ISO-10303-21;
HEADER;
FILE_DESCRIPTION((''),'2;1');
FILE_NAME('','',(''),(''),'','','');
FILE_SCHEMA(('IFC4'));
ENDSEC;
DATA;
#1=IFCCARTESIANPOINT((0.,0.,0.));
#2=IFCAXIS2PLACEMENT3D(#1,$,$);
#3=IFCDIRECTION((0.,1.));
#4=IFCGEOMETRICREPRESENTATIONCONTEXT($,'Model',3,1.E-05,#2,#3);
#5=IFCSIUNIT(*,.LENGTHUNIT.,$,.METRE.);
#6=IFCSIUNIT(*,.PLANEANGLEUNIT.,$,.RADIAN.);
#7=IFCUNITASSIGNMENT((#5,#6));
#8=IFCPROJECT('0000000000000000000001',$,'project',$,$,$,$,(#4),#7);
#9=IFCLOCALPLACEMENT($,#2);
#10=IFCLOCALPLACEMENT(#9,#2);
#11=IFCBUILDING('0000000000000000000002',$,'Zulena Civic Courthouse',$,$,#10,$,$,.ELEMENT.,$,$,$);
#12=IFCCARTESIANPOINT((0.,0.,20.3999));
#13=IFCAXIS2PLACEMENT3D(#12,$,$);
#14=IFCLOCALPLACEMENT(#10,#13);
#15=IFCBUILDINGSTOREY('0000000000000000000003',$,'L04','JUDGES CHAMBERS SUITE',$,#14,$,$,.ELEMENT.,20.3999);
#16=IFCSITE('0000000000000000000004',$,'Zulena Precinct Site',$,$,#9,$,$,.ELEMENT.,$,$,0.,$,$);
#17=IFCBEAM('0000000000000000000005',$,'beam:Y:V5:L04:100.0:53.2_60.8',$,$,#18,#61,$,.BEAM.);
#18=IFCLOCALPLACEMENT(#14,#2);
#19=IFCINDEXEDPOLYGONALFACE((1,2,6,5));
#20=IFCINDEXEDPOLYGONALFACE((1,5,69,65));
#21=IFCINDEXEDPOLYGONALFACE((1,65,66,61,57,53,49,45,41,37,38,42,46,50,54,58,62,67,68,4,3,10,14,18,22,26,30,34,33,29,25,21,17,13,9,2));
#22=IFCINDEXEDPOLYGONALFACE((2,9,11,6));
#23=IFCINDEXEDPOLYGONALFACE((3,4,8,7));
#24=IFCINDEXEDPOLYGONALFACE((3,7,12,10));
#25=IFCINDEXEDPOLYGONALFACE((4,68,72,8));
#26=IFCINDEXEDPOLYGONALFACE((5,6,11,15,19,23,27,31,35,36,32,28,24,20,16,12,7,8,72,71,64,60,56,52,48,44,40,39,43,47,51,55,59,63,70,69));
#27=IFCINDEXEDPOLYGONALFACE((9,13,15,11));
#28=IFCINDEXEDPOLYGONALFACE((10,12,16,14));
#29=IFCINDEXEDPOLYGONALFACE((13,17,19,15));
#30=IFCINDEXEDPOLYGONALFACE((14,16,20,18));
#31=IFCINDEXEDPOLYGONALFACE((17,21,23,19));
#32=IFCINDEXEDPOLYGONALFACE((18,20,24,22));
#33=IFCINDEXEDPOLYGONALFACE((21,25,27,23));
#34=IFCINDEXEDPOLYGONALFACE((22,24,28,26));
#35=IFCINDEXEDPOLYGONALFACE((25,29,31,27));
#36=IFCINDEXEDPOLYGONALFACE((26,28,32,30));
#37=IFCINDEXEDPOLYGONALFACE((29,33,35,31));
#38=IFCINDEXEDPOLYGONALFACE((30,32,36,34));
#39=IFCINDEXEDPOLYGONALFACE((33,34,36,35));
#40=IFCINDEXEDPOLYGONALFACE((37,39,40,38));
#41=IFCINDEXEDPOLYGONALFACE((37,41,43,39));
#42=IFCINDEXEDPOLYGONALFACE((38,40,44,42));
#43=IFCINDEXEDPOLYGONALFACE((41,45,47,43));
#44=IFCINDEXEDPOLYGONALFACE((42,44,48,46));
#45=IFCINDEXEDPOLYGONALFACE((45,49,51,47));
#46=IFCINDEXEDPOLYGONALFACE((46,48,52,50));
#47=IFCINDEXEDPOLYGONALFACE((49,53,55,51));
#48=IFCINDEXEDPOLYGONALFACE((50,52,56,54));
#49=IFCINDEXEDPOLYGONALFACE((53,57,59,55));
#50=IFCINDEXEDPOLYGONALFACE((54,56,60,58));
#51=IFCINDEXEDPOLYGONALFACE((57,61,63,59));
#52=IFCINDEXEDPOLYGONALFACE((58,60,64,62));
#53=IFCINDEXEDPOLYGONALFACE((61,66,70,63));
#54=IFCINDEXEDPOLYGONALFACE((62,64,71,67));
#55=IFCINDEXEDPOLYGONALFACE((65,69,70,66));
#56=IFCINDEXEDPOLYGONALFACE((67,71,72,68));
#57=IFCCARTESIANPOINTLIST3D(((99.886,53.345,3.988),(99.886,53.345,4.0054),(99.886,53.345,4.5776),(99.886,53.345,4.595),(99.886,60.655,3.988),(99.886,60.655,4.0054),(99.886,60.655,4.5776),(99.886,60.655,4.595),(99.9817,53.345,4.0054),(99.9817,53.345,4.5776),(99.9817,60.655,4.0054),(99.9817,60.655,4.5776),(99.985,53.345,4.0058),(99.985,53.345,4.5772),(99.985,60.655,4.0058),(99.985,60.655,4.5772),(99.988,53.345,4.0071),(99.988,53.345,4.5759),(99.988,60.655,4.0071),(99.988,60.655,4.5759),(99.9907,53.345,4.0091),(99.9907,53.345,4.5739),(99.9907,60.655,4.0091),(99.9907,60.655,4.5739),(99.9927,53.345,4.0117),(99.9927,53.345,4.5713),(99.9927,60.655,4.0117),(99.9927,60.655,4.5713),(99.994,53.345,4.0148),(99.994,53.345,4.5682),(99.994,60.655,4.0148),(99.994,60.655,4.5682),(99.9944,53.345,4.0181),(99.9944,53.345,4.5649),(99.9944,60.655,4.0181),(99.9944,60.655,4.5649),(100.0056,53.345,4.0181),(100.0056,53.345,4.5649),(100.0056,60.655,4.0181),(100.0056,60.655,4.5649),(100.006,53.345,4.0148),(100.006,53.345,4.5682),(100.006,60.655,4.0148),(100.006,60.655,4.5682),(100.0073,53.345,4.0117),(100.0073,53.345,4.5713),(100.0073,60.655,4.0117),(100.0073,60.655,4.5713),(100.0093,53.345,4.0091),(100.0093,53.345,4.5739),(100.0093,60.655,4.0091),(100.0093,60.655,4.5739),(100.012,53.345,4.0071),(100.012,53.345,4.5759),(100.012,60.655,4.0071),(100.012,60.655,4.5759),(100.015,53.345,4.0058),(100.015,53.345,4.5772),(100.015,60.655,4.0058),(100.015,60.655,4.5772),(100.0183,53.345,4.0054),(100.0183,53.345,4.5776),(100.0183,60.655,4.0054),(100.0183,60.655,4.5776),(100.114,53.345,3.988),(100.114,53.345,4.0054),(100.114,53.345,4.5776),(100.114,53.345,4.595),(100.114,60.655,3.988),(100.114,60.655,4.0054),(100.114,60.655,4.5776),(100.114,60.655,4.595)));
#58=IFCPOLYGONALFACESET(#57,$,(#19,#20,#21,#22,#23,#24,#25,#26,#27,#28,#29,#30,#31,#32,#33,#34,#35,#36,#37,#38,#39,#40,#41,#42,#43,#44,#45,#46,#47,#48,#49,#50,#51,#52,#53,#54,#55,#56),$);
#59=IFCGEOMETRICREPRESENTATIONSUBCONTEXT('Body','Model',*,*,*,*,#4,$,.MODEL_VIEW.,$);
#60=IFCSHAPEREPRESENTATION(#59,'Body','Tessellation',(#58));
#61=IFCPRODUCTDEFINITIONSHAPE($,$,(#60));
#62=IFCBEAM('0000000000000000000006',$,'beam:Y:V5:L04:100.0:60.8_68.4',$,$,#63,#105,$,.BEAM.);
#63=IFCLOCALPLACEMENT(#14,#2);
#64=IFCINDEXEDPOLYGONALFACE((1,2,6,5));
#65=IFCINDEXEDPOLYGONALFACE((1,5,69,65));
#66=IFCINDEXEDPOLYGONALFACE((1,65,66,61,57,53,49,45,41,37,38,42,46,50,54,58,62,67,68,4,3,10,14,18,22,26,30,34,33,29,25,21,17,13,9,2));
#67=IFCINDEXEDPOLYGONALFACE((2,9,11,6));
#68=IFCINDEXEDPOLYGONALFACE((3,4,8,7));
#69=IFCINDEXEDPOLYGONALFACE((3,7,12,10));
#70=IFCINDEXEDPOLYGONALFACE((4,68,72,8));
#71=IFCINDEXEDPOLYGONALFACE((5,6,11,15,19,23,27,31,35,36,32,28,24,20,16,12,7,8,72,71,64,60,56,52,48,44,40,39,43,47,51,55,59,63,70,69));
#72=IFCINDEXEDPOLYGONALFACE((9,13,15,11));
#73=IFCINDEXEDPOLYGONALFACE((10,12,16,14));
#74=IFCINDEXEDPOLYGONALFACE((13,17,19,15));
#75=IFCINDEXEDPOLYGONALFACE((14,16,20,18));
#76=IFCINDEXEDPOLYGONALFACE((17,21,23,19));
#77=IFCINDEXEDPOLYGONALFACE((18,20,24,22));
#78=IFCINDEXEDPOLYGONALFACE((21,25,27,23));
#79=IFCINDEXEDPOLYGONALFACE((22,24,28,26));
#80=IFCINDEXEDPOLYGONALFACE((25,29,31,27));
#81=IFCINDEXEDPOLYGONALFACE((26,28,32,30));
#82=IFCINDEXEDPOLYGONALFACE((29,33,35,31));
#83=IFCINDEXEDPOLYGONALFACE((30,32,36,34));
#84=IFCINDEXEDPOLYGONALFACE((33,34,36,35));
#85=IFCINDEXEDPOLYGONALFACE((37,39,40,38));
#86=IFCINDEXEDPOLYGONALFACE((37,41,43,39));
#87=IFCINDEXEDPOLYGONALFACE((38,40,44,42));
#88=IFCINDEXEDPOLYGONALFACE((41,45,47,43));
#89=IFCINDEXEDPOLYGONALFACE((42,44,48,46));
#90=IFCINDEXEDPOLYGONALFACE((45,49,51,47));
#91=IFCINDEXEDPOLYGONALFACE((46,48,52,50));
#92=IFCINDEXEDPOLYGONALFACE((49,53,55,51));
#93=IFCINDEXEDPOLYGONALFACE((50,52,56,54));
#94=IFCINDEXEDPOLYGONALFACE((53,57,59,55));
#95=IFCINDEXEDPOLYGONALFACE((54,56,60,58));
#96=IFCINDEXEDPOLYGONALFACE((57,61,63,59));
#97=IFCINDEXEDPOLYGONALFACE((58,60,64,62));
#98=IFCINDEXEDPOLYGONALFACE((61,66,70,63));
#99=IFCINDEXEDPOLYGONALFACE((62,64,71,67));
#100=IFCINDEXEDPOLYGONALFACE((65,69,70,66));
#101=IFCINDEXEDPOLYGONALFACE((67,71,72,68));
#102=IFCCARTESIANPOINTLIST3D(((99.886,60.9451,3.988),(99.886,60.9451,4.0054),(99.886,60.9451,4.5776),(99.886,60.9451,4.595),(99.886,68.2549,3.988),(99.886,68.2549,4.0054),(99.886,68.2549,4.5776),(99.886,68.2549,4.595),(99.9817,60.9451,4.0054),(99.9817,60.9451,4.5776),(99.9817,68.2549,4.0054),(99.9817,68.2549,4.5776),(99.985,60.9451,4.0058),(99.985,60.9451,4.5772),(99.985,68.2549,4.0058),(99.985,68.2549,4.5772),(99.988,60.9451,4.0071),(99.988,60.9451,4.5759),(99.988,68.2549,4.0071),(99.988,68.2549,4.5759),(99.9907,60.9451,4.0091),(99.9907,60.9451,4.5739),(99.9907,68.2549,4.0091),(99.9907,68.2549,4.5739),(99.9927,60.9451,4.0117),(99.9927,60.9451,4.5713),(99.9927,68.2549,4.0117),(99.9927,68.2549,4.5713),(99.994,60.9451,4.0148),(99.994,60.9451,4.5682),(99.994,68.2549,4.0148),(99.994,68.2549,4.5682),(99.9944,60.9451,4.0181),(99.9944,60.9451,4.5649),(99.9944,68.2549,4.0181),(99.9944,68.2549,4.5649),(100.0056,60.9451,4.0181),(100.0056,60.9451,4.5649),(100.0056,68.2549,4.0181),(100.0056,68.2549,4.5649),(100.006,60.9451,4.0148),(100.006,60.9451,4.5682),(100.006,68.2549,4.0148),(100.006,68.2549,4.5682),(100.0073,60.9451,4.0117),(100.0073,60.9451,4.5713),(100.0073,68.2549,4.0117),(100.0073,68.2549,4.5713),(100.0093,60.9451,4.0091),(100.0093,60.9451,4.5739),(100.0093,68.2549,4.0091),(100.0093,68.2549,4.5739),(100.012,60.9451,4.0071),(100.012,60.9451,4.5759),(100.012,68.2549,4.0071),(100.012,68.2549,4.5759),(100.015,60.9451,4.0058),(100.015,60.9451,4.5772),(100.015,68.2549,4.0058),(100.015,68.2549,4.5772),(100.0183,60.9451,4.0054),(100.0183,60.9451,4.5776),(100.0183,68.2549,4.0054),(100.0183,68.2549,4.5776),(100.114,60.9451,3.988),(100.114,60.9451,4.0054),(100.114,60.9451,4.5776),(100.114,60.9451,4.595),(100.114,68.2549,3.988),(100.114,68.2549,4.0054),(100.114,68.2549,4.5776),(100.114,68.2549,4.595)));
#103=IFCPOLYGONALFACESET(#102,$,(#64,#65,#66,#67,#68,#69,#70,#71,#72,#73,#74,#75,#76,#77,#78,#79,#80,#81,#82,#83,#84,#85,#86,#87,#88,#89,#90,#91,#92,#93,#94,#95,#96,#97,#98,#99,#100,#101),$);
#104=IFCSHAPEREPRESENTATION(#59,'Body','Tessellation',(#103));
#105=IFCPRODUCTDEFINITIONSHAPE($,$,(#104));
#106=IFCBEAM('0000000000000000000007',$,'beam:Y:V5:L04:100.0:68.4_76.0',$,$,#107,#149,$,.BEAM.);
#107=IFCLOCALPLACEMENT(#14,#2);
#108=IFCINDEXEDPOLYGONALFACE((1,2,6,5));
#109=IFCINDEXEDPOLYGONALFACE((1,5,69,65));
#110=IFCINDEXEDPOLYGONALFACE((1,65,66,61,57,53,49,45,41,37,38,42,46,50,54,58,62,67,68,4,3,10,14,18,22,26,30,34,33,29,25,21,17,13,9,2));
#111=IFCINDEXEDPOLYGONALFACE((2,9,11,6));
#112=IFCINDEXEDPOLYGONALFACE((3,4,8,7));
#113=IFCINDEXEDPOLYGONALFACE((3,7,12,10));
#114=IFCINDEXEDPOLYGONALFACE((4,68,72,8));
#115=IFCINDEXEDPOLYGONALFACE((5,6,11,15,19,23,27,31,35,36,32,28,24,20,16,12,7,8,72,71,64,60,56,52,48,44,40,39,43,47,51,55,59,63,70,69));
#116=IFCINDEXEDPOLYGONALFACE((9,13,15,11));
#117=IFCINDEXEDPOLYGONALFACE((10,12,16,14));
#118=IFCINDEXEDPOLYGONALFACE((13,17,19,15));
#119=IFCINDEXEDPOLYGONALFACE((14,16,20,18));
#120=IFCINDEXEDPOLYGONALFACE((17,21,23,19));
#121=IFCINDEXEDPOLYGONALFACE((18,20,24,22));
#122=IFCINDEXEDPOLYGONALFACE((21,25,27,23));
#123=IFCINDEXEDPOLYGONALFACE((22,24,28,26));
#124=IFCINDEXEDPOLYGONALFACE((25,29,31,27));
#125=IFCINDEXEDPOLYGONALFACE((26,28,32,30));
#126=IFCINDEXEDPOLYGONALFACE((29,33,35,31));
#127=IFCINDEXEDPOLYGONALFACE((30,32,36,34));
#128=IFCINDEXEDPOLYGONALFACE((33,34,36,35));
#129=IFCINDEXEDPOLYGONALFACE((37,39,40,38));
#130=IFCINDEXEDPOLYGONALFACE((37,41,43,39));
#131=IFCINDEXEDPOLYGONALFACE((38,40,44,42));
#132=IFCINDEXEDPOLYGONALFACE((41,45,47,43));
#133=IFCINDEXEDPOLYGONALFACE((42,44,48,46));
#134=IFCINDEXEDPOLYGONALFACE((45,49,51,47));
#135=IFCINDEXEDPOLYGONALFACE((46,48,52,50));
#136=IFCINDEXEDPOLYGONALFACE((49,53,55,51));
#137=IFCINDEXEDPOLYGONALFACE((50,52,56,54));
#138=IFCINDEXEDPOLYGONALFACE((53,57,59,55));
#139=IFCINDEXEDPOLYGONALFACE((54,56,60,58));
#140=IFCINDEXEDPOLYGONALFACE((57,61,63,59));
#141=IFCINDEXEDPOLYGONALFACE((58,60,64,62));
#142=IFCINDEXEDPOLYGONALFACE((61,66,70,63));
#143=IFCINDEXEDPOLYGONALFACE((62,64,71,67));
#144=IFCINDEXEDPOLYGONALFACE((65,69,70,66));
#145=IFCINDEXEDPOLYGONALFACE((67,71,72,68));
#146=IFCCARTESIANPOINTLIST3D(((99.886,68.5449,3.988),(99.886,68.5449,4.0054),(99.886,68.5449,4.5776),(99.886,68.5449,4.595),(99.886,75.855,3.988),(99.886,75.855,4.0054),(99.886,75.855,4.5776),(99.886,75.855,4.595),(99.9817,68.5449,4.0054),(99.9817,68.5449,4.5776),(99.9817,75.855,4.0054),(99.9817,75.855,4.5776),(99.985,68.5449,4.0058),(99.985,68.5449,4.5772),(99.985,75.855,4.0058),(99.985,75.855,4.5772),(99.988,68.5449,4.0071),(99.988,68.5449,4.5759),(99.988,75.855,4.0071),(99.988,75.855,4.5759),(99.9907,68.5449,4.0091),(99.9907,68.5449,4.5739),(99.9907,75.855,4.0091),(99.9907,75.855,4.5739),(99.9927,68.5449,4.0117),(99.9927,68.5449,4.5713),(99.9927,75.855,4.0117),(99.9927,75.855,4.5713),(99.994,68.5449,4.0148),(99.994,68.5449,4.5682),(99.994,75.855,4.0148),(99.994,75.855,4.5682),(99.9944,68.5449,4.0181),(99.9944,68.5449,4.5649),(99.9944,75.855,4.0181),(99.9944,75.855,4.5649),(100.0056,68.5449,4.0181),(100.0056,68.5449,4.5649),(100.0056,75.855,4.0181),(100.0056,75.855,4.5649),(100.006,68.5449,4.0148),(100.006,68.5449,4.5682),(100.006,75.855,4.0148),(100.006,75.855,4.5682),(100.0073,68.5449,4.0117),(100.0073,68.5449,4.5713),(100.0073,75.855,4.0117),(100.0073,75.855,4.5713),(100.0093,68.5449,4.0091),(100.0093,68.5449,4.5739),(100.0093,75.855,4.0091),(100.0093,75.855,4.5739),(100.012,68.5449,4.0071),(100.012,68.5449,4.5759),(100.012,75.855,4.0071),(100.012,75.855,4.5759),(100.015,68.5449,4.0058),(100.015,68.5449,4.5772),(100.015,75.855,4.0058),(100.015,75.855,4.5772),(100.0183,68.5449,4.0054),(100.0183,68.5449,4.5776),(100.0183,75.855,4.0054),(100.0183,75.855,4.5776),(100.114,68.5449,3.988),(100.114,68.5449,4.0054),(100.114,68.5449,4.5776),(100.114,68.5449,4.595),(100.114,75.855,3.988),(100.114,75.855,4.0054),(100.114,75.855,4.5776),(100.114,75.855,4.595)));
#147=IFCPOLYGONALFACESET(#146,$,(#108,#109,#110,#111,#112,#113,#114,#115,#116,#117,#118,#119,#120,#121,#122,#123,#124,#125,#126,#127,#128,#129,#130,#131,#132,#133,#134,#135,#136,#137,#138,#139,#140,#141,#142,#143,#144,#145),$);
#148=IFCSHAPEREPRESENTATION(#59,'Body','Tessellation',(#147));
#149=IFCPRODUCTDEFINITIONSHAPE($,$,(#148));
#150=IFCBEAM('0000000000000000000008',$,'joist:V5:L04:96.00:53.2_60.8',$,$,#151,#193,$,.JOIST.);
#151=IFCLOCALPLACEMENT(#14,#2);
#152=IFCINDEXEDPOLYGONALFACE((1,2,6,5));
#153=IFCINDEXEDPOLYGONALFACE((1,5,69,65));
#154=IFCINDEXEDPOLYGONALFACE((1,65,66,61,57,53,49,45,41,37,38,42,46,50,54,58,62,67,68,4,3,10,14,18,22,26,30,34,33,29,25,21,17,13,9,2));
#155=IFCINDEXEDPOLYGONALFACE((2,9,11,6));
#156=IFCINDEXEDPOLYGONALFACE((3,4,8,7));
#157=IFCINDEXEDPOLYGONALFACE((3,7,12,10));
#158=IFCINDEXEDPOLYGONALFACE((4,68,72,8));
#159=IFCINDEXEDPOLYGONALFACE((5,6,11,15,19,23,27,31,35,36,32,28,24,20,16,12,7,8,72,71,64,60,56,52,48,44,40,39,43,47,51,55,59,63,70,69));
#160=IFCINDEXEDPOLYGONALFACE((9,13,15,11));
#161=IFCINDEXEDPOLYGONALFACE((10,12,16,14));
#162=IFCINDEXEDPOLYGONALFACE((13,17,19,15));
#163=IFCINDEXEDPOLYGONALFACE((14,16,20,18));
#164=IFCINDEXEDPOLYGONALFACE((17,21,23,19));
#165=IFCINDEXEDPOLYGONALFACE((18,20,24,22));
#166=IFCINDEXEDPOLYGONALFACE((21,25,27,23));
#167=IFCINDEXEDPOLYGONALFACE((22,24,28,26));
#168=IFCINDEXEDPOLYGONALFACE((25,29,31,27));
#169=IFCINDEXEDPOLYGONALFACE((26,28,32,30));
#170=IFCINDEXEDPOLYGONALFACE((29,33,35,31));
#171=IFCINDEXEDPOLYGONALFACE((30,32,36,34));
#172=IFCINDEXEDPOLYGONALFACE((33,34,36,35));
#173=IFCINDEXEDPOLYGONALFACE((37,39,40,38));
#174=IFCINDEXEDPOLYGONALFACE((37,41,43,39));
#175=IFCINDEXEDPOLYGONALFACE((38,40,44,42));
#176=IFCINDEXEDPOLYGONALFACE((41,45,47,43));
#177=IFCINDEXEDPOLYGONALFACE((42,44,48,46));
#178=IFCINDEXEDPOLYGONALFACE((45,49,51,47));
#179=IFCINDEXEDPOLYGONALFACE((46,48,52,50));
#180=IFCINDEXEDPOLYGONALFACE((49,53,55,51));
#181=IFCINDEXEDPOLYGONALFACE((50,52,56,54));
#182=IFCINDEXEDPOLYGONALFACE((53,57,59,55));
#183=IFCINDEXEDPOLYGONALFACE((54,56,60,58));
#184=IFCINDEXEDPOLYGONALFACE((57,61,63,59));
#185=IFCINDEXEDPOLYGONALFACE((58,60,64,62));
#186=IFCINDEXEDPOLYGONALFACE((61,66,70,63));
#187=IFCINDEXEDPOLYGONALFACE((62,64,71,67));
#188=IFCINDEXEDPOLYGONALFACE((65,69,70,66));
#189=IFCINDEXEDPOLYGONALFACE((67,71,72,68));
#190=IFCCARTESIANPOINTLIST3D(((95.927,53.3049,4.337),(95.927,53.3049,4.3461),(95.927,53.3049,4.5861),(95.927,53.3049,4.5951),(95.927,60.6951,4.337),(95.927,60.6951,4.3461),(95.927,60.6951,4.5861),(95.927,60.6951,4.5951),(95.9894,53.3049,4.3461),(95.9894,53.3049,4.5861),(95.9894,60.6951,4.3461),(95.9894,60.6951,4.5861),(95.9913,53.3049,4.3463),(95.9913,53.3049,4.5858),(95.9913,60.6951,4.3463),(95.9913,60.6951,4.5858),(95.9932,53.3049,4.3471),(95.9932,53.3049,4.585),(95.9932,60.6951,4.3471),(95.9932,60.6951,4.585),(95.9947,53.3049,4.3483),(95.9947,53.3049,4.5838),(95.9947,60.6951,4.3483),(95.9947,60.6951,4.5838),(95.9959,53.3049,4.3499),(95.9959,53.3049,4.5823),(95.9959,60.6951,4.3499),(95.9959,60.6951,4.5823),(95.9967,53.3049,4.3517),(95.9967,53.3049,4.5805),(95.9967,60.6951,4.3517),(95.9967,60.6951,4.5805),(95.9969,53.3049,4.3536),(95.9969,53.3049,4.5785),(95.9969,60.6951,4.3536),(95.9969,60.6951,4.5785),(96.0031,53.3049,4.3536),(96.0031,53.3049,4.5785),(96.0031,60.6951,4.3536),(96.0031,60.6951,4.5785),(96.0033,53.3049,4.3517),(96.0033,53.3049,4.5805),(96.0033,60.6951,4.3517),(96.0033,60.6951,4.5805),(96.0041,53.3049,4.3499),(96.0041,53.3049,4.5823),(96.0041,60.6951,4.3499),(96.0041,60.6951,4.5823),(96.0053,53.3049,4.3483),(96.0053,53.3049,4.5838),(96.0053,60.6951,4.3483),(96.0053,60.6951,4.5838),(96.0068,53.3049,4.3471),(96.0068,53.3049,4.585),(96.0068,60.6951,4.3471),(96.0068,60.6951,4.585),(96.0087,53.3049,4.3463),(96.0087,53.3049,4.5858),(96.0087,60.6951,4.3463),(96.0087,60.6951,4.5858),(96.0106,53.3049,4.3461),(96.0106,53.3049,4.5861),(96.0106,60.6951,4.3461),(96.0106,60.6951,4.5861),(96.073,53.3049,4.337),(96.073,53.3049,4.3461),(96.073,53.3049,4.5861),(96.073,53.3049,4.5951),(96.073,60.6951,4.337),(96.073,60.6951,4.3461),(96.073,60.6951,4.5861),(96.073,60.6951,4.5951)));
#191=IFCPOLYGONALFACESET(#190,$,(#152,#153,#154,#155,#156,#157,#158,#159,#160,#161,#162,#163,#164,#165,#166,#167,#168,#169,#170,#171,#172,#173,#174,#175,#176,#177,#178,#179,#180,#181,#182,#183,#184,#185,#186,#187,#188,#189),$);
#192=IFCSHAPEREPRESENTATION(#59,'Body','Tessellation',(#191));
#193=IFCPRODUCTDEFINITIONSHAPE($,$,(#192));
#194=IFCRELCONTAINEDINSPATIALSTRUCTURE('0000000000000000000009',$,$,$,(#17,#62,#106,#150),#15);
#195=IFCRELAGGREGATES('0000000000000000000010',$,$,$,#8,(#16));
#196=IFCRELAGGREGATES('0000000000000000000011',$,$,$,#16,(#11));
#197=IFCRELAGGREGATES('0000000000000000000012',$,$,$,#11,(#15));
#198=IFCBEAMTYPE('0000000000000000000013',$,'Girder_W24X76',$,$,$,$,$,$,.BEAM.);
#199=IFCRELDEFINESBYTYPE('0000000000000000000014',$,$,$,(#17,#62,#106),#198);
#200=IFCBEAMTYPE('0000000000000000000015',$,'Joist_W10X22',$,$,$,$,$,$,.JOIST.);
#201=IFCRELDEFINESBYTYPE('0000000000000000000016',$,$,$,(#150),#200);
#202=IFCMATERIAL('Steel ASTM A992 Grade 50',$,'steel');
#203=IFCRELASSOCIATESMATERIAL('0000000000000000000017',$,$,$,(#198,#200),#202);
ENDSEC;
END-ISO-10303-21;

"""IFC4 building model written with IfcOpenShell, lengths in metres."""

from ifc_helpers import new_model, si_unit, direction, frame, origin, origin_2d, place, context, subcontext, project, spatial, i_section, extrude, material, material_profile, profile_set, type_object, element, save


model = new_model("IFC4")

# Units and contexts
model_context = context("Model", 3, precision=1e-05, world=origin(), true_north=direction((0.0, 1.0)))
body_context = subcontext(model_context, "Body", "Model", "MODEL_VIEW")
ifc_project = project(units=[si_unit("LENGTHUNIT", "METRE"), si_unit("PLANEANGLEUNIT", "RADIAN")], contexts=[model_context])

# Site, building, storey
site_placement = place(None, origin())
site = spatial("IfcSite", under=ifc_project, at=site_placement, Name="Zulena Precinct Site", CompositionType="ELEMENT", RefElevation=0.0)
building_placement = place(site_placement, origin())
building = spatial("IfcBuilding", under=site, at=building_placement, Name="Zulena Civic Courthouse", CompositionType="ELEMENT")
storey_placement = place(building_placement, frame((0.0, 0.0, 20.3999)))
storey = spatial("IfcBuildingStorey", under=building, at=storey_placement, Name="L04", Description="JUDGES CHAMBERS SUITE", CompositionType="ELEMENT", Elevation=20.3999)

# Shared definitions
ifc_material_1 = material(Name="Steel ASTM A992 Grade 50", Category="steel")

# Beams
ifc_material_profile_1 = material_profile(ifc_material_1, i_section(OverallWidth=0.228, OverallDepth=0.6069, WebThickness=0.0112, FlangeThickness=0.0173, FilletRadius=0.0127, at=origin_2d()), Name="W24X76")
ifc_profile_set_1 = profile_set([ifc_material_profile_1], Name="Steel ASTM A992 Grade 50")
beam_type_1 = type_object("IfcBeamType", Name="Girder_W24X76", PredefinedType="BEAM", material=ifc_profile_set_1)
beam_1_placement = place(storey_placement, frame((100.0, 53.345, 4.2915), z_axis=(0.0, 1.0, 0.0), x_axis=(-1.0, 0.0, 0.0)))
element("IfcBeam", 1, at=beam_1_placement, inside=storey, type_object=beam_type_1, Name="beam:Y:V5:L04:100.0:53.2_60.8", PredefinedType="BEAM", context=body_context, shape_type="SweptSolid", body=[
    extrude(i_section(OverallWidth=0.228, OverallDepth=0.6069, WebThickness=0.0112, FlangeThickness=0.0173, FilletRadius=0.0127, at=origin_2d()), origin(), (0.0, 0.0, 1.0), 7.3101),
])
beam_2_placement = place(storey_placement, frame((100.0, 60.9451, 4.2915), z_axis=(0.0, 1.0, 0.0), x_axis=(-1.0, 0.0, 0.0)))
element("IfcBeam", 2, at=beam_2_placement, inside=storey, type_object=beam_type_1, Name="beam:Y:V5:L04:100.0:60.8_68.4", PredefinedType="BEAM", context=body_context, shape_type="SweptSolid", body=[
    extrude(i_section(OverallWidth=0.228, OverallDepth=0.6069, WebThickness=0.0112, FlangeThickness=0.0173, FilletRadius=0.0127, at=origin_2d()), origin(), (0.0, 0.0, 1.0), 7.3098),
])
beam_3_placement = place(storey_placement, frame((100.0, 68.5449, 4.2915), z_axis=(0.0, 1.0, 0.0), x_axis=(-1.0, 0.0, 0.0)))
element("IfcBeam", 3, at=beam_3_placement, inside=storey, type_object=beam_type_1, Name="beam:Y:V5:L04:100.0:68.4_76.0", PredefinedType="BEAM", context=body_context, shape_type="SweptSolid", body=[
    extrude(i_section(OverallWidth=0.228, OverallDepth=0.6069, WebThickness=0.0112, FlangeThickness=0.0173, FilletRadius=0.0127, at=origin_2d()), origin(), (0.0, 0.0, 1.0), 7.3101),
])
ifc_material_profile_2 = material_profile(ifc_material_1, i_section(OverallWidth=0.146, OverallDepth=0.2581, WebThickness=0.0061, FlangeThickness=0.009, FilletRadius=0.0076, at=origin_2d()), Name="W10X22")
ifc_profile_set_2 = profile_set([ifc_material_profile_2], Name="Steel ASTM A992 Grade 50")
beam_type_2 = type_object("IfcBeamType", Name="Joist_W10X22", PredefinedType="JOIST", material=ifc_profile_set_2)
beam_4_placement = place(storey_placement, frame((96.0, 53.3049, 4.4661), z_axis=(0.0, 1.0, 0.0), x_axis=(-1.0, 0.0, 0.0)))
element("IfcBeam", 4, at=beam_4_placement, inside=storey, type_object=beam_type_2, Name="joist:V5:L04:96.00:53.2_60.8", PredefinedType="JOIST", context=body_context, shape_type="SweptSolid", body=[
    extrude(i_section(OverallWidth=0.146, OverallDepth=0.2581, WebThickness=0.0061, FlangeThickness=0.009, FilletRadius=0.0076, at=origin_2d()), origin(), (0.0, 0.0, 1.0), 7.3901),
])

save(model, "model.ifc")
